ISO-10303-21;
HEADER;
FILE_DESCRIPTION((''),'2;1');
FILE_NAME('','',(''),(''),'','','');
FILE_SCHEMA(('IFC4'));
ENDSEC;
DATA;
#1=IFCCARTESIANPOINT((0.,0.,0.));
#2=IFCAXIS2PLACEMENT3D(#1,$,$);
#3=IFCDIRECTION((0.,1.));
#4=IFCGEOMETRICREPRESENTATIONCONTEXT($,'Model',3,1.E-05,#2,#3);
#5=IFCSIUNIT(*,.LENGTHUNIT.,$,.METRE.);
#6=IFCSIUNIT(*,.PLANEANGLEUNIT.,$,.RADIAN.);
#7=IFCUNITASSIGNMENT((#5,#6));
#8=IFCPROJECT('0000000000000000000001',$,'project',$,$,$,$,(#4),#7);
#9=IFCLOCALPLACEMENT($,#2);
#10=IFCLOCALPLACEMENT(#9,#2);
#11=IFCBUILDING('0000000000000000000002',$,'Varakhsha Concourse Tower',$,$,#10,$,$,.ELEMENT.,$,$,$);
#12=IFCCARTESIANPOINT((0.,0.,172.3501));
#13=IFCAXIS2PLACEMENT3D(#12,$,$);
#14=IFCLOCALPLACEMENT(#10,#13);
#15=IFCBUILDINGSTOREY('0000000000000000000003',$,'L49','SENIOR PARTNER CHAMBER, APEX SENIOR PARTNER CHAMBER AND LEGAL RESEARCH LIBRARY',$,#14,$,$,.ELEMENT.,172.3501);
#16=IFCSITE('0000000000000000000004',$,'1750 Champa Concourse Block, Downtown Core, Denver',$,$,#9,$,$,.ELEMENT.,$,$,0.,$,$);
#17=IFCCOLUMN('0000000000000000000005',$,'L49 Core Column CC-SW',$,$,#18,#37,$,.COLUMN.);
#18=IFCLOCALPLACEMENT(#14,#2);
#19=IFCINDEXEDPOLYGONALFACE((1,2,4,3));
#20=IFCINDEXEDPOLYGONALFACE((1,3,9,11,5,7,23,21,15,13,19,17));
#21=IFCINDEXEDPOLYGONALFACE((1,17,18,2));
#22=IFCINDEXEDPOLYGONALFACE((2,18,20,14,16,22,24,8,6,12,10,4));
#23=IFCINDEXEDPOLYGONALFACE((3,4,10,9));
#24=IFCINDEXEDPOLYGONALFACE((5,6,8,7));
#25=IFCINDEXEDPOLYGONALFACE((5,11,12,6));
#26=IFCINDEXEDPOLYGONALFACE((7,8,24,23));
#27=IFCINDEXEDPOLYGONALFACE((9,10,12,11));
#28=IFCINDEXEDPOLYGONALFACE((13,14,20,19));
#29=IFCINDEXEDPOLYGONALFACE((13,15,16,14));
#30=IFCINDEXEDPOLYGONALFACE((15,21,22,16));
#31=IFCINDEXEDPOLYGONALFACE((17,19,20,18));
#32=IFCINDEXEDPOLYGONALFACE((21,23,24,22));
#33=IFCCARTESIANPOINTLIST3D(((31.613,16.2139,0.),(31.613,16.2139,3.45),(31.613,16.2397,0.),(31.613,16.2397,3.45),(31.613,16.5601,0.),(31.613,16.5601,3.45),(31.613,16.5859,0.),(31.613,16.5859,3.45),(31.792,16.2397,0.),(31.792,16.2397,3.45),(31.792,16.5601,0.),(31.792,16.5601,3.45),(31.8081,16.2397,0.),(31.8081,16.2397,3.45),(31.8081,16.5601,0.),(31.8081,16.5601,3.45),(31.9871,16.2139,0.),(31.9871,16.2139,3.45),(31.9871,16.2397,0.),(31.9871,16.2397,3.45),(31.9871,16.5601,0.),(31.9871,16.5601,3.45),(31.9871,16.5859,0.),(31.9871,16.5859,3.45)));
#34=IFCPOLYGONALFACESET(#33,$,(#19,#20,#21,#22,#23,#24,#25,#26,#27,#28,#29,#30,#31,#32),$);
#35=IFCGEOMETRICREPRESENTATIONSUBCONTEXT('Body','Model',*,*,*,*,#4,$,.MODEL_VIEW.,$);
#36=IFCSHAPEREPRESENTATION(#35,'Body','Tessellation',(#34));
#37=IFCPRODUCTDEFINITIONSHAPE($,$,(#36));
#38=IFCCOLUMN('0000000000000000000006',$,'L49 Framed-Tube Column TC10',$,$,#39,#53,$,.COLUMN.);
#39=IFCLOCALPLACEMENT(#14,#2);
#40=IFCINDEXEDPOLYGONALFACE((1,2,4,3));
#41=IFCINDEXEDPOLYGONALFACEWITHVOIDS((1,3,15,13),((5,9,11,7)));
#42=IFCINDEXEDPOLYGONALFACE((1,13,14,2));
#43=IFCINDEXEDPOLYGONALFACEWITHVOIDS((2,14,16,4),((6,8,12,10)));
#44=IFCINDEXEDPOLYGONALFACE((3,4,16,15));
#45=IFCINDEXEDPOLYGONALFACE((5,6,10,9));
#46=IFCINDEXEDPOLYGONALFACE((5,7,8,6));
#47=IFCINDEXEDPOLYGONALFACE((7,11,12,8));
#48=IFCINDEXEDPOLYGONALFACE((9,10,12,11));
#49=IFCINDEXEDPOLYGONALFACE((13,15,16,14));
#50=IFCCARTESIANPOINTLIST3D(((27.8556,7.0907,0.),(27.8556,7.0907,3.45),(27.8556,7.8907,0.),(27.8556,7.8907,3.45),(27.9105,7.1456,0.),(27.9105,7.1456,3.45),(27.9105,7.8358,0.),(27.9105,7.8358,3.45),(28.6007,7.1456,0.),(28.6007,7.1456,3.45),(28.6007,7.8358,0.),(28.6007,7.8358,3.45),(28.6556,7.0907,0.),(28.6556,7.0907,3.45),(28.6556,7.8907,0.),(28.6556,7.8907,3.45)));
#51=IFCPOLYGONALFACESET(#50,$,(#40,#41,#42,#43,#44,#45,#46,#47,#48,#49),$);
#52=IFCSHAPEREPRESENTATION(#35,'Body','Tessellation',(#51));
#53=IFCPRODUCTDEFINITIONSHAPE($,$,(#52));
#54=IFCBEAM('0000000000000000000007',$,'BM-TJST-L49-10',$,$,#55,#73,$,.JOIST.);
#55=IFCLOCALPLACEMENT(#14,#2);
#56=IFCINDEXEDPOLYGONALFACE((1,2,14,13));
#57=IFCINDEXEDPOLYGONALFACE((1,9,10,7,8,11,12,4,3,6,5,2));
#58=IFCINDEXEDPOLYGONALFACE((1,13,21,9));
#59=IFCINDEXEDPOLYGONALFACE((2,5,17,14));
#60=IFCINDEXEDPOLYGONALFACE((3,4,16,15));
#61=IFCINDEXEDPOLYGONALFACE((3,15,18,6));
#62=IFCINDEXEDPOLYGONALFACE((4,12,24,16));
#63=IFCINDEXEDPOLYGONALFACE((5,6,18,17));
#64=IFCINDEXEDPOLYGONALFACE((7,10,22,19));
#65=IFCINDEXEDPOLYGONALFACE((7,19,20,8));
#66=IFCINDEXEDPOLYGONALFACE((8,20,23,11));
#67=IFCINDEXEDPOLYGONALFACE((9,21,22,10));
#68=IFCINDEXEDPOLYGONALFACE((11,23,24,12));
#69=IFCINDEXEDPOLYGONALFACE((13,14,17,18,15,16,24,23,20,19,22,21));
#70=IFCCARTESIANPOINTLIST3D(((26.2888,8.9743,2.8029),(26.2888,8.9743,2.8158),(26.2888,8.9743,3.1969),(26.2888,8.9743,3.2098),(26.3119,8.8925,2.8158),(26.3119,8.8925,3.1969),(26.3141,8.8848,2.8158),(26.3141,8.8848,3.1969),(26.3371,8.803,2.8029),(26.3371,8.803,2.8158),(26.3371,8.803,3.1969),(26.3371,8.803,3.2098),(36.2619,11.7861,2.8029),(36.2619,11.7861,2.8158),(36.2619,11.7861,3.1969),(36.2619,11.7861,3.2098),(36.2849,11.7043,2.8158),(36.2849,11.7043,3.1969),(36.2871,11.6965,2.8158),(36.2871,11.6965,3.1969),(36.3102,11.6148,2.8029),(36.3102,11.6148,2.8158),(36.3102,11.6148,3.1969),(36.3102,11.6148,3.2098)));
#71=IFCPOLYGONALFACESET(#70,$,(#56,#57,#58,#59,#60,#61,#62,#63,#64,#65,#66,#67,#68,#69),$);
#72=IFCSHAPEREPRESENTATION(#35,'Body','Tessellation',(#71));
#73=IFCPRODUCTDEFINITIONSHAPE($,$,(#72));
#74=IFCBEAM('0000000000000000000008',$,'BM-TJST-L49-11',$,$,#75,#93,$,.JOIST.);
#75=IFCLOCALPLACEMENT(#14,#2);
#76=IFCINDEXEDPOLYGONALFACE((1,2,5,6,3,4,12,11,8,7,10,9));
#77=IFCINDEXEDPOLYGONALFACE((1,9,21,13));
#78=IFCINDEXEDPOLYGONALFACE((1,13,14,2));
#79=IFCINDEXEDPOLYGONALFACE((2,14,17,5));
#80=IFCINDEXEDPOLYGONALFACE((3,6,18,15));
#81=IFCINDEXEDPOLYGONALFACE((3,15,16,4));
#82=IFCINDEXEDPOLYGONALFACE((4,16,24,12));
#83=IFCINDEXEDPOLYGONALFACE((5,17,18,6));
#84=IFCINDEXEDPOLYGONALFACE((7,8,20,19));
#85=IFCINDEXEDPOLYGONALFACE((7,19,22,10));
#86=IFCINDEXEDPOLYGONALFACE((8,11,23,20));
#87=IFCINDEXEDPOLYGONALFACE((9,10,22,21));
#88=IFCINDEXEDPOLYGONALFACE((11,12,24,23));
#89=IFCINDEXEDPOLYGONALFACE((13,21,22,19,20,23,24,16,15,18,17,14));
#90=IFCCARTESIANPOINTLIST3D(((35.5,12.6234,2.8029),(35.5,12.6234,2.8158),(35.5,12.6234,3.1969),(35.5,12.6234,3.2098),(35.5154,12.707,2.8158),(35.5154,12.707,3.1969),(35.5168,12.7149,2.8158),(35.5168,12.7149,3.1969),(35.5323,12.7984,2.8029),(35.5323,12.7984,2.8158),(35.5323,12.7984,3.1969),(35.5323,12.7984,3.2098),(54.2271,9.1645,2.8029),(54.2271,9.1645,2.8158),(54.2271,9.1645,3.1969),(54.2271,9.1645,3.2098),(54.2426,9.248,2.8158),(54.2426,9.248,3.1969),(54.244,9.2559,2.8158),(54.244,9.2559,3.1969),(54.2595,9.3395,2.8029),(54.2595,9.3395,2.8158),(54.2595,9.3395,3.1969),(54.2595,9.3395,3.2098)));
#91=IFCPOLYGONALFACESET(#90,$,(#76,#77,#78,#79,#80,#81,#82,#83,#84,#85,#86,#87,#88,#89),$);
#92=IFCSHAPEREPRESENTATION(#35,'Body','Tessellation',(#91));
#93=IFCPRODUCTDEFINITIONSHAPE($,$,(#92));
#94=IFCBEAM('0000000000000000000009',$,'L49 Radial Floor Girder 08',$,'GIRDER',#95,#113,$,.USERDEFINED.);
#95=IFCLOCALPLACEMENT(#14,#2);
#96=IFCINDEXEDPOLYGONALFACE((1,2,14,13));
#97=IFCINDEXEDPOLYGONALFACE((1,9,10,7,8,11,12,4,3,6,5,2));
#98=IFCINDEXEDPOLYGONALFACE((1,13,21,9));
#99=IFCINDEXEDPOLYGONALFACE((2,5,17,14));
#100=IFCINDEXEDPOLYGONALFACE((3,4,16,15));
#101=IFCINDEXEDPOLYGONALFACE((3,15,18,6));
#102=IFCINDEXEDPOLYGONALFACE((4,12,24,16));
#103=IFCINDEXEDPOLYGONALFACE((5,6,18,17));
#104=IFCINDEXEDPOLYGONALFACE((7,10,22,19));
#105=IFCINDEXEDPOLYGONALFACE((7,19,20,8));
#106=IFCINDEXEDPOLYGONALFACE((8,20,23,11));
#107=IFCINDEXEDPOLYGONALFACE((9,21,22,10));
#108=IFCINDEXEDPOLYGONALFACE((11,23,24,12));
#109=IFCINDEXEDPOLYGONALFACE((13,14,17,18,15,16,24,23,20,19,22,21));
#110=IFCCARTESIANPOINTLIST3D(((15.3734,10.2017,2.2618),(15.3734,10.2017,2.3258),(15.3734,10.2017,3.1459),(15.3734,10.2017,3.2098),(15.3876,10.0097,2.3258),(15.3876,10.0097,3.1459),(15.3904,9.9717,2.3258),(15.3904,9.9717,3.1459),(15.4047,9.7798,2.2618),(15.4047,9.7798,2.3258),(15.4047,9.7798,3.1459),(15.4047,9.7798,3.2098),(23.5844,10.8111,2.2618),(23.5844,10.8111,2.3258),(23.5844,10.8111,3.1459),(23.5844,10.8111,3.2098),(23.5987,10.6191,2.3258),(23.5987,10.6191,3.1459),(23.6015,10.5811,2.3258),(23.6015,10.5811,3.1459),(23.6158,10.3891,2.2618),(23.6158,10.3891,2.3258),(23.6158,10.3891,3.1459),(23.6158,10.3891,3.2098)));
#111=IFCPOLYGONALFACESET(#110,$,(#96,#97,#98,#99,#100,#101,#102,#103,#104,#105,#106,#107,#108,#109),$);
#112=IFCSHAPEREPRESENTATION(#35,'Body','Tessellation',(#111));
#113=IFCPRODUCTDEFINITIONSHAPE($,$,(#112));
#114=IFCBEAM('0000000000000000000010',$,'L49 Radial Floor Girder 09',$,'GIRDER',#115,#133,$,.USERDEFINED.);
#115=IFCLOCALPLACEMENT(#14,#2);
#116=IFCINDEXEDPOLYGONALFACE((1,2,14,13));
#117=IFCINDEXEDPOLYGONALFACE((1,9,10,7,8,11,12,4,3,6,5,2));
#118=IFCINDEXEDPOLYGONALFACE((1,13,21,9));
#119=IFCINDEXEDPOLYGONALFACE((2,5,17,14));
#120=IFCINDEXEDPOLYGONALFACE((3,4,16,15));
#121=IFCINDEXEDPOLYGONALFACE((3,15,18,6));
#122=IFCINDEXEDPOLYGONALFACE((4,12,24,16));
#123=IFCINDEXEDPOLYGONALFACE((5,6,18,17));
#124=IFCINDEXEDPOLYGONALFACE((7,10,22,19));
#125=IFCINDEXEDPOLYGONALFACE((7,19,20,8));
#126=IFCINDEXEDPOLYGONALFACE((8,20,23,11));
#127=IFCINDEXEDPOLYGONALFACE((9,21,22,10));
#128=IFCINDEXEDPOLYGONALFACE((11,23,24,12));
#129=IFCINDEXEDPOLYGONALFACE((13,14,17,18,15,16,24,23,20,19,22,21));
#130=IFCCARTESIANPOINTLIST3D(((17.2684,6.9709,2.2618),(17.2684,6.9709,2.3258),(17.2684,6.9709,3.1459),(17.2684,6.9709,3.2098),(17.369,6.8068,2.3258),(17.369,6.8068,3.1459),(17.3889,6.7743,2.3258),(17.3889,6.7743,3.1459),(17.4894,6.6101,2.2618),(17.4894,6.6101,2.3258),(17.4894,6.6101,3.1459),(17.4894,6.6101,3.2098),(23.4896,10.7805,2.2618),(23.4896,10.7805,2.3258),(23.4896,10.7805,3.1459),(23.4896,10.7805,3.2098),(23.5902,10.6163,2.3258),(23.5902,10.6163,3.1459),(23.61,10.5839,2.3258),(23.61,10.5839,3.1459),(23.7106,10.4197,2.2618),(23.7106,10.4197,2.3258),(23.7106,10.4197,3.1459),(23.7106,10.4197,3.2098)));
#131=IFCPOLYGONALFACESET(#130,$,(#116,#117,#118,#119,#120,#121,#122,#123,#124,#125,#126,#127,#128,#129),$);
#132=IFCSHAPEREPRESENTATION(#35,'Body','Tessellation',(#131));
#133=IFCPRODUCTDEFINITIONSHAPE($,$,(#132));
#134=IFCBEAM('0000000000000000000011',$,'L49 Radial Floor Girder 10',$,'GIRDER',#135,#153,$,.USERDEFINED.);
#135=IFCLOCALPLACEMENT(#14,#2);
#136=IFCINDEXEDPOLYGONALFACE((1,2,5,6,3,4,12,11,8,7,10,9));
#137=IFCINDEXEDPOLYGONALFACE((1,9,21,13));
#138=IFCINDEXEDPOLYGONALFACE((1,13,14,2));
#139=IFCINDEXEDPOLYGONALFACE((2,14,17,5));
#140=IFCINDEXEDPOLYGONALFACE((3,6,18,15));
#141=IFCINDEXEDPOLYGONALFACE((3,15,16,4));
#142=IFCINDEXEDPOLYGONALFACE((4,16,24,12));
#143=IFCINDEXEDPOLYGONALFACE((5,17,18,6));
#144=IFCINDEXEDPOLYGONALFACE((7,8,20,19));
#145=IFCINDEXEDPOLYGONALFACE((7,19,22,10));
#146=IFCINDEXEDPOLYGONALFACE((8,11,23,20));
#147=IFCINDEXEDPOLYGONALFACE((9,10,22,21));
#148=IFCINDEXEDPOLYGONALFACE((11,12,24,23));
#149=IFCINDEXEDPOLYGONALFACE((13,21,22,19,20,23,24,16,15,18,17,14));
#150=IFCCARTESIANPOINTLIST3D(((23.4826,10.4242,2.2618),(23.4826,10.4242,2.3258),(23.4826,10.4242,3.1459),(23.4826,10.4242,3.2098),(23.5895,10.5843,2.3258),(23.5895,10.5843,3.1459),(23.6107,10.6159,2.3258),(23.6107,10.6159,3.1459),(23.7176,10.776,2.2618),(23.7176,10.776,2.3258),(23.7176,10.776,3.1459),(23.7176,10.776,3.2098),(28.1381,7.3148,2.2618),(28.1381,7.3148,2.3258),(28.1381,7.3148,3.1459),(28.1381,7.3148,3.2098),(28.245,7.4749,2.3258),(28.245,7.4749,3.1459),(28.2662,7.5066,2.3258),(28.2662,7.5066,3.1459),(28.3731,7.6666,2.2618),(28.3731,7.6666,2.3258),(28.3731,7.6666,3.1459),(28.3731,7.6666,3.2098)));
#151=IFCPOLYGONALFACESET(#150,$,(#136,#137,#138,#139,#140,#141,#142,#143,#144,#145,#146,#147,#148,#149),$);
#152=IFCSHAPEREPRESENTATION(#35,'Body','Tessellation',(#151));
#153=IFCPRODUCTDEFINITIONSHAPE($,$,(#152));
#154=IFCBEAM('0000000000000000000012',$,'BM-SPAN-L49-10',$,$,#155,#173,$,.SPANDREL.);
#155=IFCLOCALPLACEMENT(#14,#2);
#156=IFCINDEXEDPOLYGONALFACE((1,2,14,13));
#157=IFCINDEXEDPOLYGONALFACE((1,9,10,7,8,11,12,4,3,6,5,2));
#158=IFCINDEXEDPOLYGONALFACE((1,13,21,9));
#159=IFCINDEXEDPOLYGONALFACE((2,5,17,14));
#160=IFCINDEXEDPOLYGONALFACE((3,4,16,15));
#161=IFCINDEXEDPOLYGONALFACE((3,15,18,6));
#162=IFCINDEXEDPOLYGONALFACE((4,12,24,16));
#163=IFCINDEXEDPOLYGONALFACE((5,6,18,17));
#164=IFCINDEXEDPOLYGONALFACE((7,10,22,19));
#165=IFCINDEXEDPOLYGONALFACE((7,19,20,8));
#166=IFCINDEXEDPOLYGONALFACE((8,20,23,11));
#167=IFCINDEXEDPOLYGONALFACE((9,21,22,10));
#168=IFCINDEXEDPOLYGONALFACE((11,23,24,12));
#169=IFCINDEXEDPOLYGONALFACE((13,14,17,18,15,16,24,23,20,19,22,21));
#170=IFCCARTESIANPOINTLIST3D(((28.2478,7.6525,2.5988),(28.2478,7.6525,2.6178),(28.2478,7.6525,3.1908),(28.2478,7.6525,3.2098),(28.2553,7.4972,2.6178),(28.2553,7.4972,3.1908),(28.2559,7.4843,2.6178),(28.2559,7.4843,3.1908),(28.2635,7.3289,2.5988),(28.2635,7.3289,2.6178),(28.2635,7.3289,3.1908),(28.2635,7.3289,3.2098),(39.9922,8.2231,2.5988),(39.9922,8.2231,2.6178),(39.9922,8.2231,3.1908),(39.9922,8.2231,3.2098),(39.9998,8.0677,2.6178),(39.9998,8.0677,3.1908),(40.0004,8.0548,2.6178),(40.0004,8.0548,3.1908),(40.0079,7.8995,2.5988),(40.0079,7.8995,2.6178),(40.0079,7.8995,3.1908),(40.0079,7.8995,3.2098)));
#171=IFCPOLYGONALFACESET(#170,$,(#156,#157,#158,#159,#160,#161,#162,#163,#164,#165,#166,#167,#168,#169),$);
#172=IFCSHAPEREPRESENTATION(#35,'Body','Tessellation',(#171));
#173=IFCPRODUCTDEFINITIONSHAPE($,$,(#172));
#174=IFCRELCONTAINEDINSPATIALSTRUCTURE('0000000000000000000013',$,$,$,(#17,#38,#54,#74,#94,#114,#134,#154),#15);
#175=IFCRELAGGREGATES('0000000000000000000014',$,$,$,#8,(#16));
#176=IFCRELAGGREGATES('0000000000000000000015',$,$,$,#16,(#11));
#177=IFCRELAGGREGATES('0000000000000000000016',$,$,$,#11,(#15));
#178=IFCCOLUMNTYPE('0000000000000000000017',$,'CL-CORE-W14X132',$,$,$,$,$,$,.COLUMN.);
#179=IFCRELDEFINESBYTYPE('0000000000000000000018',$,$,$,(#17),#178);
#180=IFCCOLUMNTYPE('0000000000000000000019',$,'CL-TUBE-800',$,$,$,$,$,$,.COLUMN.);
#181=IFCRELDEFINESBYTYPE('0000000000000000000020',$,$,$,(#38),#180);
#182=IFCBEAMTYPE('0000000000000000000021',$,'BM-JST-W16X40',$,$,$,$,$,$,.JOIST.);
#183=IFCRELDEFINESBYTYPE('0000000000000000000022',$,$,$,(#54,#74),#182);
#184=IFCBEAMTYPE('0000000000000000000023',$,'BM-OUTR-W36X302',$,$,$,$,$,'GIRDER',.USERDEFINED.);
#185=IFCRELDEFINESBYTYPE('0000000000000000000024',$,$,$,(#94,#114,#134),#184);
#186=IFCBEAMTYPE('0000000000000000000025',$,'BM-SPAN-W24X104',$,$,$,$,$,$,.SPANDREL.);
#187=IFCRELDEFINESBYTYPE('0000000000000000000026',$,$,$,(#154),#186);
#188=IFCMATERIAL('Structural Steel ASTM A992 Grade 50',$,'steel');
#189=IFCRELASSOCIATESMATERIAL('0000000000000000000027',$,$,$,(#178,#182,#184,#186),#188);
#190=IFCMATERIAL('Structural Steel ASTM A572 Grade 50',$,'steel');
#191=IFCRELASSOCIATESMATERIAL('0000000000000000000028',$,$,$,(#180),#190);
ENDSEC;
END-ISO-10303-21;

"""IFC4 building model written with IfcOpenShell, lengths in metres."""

from ifc_helpers import new_model, si_unit, direction, frame, origin, origin_2d, place, context, subcontext, project, spatial, hollow_rectangle, i_section, extrude, material, material_profile, profile_set, type_object, element, save


model = new_model("IFC4")

# Units and contexts
model_context = context("Model", 3, precision=1e-05, world=origin(), true_north=direction((0.0, 1.0)))
body_context = subcontext(model_context, "Body", "Model", "MODEL_VIEW")
ifc_project = project(units=[si_unit("LENGTHUNIT", "METRE"), si_unit("PLANEANGLEUNIT", "RADIAN")], contexts=[model_context])

# Site, building, storey
site_placement = place(None, origin())
site = spatial("IfcSite", under=ifc_project, at=site_placement, Name="1750 Champa Concourse Block, Downtown Core, Denver", CompositionType="ELEMENT", RefElevation=0.0)
building_placement = place(site_placement, origin())
building = spatial("IfcBuilding", under=site, at=building_placement, Name="Varakhsha Concourse Tower", CompositionType="ELEMENT")
storey_placement = place(building_placement, frame((0.0, 0.0, 172.3501)))
storey = spatial("IfcBuildingStorey", under=building, at=storey_placement, Name="L49", Description="SENIOR PARTNER CHAMBER, APEX SENIOR PARTNER CHAMBER AND LEGAL RESEARCH LIBRARY", CompositionType="ELEMENT", Elevation=172.3501)

# Columns
ifc_material_1 = material(Name="Structural Steel ASTM A992 Grade 50", Category="steel")
ifc_material_profile_1 = material_profile(ifc_material_1, i_section(OverallWidth=0.374, OverallDepth=0.3721, WebThickness=0.0161, FlangeThickness=0.0259, at=origin_2d()), Name="W14X132")
ifc_profile_set_1 = profile_set([ifc_material_profile_1], Name="Structural Steel ASTM A992 Grade 50")
column_type_1 = type_object("IfcColumnType", Name="CL-CORE-W14X132", PredefinedType="COLUMN", material=ifc_profile_set_1)
column_1_placement = place(storey_placement, frame((31.8, 16.3999, 0.0), z_axis=(0.0, 0.0, 1.0), x_axis=(1.0, 0.0, 0.0)))
element("IfcColumn", 1, at=column_1_placement, inside=storey, type_object=column_type_1, Name="L49 Core Column CC-SW", PredefinedType="COLUMN", context=body_context, shape_type="SweptSolid", body=[
    extrude(i_section(OverallWidth=0.374, OverallDepth=0.3721, WebThickness=0.0161, FlangeThickness=0.0259, at=origin_2d()), origin(), (0.0, 0.0, 1.0), 3.45),
])
ifc_material_2 = material(Name="Structural Steel ASTM A572 Grade 50", Category="steel")
ifc_material_profile_2 = material_profile(ifc_material_2, hollow_rectangle(XDim=0.8, YDim=0.8, WallThickness=0.0549, at=origin_2d()), Name="BOX 800x800x55")
ifc_profile_set_2 = profile_set([ifc_material_profile_2], Name="Structural Steel ASTM A572 Grade 50")
column_type_2 = type_object("IfcColumnType", Name="CL-TUBE-800", PredefinedType="COLUMN", material=ifc_profile_set_2)
column_2_placement = place(storey_placement, frame((28.2556, 7.4907, 0.0), z_axis=(0.0, 0.0, 1.0), x_axis=(1.0, 0.0, 0.0)))
element("IfcColumn", 2, at=column_2_placement, inside=storey, type_object=column_type_2, Name="L49 Framed-Tube Column TC10", PredefinedType="COLUMN", context=body_context, shape_type="SweptSolid", body=[
    extrude(hollow_rectangle(XDim=0.8, YDim=0.8, WallThickness=0.0549, at=origin_2d()), origin(), (0.0, 0.0, 1.0), 3.45),
])

# Beams
ifc_material_profile_3 = material_profile(ifc_material_1, i_section(OverallWidth=0.178, OverallDepth=0.407, WebThickness=0.0081, FlangeThickness=0.0129, at=origin_2d()), Name="W16X40")
ifc_profile_set_3 = profile_set([ifc_material_profile_3], Name="Structural Steel ASTM A992 Grade 50")
beam_type_1 = type_object("IfcBeamType", Name="BM-JST-W16X40", PredefinedType="JOIST", material=ifc_profile_set_3)
beam_1_placement = place(storey_placement, frame((26.313, 8.8887, 3.0063), z_axis=(0.962479, 0.271356, 0.0), x_axis=(-0.271356, 0.962479, 0.0)))
element("IfcBeam", 3, at=beam_1_placement, inside=storey, type_object=beam_type_1, Name="BM-TJST-L49-10", PredefinedType="JOIST", context=body_context, shape_type="SweptSolid", body=[
    extrude(i_section(OverallWidth=0.178, OverallDepth=0.407, WebThickness=0.0081, FlangeThickness=0.0129, at=origin_2d()), origin(), (0.0, 0.0, 1.0), 10.3618),
])
beam_2_placement = place(storey_placement, frame((35.5161, 12.7109, 3.0063), z_axis=(0.983367, -0.181631, 0.0), x_axis=(0.181631, 0.983367, 0.0)))
element("IfcBeam", 4, at=beam_2_placement, inside=storey, type_object=beam_type_1, Name="BM-TJST-L49-11", PredefinedType="JOIST", context=body_context, shape_type="SweptSolid", body=[
    extrude(i_section(OverallWidth=0.178, OverallDepth=0.407, WebThickness=0.0081, FlangeThickness=0.0129, at=origin_2d()), origin(), (0.0, 0.0, 1.0), 19.0439),
])
ifc_material_profile_4 = material_profile(ifc_material_1, i_section(OverallWidth=0.4231, OverallDepth=0.948, WebThickness=0.0381, FlangeThickness=0.064, at=origin_2d()), Name="W36X302")
ifc_profile_set_4 = profile_set([ifc_material_profile_4], Name="Structural Steel ASTM A992 Grade 50")
beam_type_2 = type_object("IfcBeamType", Name="BM-OUTR-W36X302", ElementType="GIRDER", PredefinedType="USERDEFINED", material=ifc_profile_set_4)
beam_3_placement = place(storey_placement, frame((23.6001, 10.6001, 2.7358), z_axis=(-0.997258, -0.074009, 0.0), x_axis=(0.074009, -0.997258, 0.0)))
element("IfcBeam", 5, at=beam_3_placement, inside=storey, type_object=beam_type_2, Name="L49 Radial Floor Girder 08", ObjectType="GIRDER", PredefinedType="USERDEFINED", context=body_context, shape_type="SweptSolid", body=[
    extrude(i_section(OverallWidth=0.4231, OverallDepth=0.948, WebThickness=0.0381, FlangeThickness=0.064, at=origin_2d()), origin(), (0.0, 0.0, 1.0), 8.2336),
])
beam_4_placement = place(storey_placement, frame((23.6001, 10.6001, 2.7358), z_axis=(-0.85281, -0.522221, 0.0), x_axis=(0.522221, -0.85281, 0.0)))
element("IfcBeam", 6, at=beam_4_placement, inside=storey, type_object=beam_type_2, Name="L49 Radial Floor Girder 09", ObjectType="GIRDER", PredefinedType="USERDEFINED", context=body_context, shape_type="SweptSolid", body=[
    extrude(i_section(OverallWidth=0.4231, OverallDepth=0.948, WebThickness=0.0381, FlangeThickness=0.064, at=origin_2d()), origin(), (0.0, 0.0, 1.0), 7.2949),
])
beam_5_placement = place(storey_placement, frame((23.6001, 10.6001, 2.7358), z_axis=(0.83158, -0.555404, 0.0), x_axis=(0.555404, 0.83158, 0.0)))
element("IfcBeam", 7, at=beam_5_placement, inside=storey, type_object=beam_type_2, Name="L49 Radial Floor Girder 10", ObjectType="GIRDER", PredefinedType="USERDEFINED", context=body_context, shape_type="SweptSolid", body=[
    extrude(i_section(OverallWidth=0.4231, OverallDepth=0.948, WebThickness=0.0381, FlangeThickness=0.064, at=origin_2d()), origin(), (0.0, 0.0, 1.0), 5.5984),
])
ifc_material_profile_5 = material_profile(ifc_material_1, i_section(OverallWidth=0.324, OverallDepth=0.6111, WebThickness=0.0129, FlangeThickness=0.019, at=origin_2d()), Name="W24X104")
ifc_profile_set_5 = profile_set([ifc_material_profile_5], Name="Structural Steel ASTM A992 Grade 50")
beam_type_3 = type_object("IfcBeamType", Name="BM-SPAN-W24X104", PredefinedType="SPANDREL", material=ifc_profile_set_5)
beam_6_placement = place(storey_placement, frame((28.2556, 7.4907, 2.9043), z_axis=(0.998822, 0.048524, 0.0), x_axis=(-0.048524, 0.998822, 0.0)))
element("IfcBeam", 8, at=beam_6_placement, inside=storey, type_object=beam_type_3, Name="BM-SPAN-L49-10", PredefinedType="SPANDREL", context=body_context, shape_type="SweptSolid", body=[
    extrude(i_section(OverallWidth=0.324, OverallDepth=0.6111, WebThickness=0.0129, FlangeThickness=0.019, at=origin_2d()), origin(), (0.0, 0.0, 1.0), 11.7583),
])

save(model, "model.ifc")
